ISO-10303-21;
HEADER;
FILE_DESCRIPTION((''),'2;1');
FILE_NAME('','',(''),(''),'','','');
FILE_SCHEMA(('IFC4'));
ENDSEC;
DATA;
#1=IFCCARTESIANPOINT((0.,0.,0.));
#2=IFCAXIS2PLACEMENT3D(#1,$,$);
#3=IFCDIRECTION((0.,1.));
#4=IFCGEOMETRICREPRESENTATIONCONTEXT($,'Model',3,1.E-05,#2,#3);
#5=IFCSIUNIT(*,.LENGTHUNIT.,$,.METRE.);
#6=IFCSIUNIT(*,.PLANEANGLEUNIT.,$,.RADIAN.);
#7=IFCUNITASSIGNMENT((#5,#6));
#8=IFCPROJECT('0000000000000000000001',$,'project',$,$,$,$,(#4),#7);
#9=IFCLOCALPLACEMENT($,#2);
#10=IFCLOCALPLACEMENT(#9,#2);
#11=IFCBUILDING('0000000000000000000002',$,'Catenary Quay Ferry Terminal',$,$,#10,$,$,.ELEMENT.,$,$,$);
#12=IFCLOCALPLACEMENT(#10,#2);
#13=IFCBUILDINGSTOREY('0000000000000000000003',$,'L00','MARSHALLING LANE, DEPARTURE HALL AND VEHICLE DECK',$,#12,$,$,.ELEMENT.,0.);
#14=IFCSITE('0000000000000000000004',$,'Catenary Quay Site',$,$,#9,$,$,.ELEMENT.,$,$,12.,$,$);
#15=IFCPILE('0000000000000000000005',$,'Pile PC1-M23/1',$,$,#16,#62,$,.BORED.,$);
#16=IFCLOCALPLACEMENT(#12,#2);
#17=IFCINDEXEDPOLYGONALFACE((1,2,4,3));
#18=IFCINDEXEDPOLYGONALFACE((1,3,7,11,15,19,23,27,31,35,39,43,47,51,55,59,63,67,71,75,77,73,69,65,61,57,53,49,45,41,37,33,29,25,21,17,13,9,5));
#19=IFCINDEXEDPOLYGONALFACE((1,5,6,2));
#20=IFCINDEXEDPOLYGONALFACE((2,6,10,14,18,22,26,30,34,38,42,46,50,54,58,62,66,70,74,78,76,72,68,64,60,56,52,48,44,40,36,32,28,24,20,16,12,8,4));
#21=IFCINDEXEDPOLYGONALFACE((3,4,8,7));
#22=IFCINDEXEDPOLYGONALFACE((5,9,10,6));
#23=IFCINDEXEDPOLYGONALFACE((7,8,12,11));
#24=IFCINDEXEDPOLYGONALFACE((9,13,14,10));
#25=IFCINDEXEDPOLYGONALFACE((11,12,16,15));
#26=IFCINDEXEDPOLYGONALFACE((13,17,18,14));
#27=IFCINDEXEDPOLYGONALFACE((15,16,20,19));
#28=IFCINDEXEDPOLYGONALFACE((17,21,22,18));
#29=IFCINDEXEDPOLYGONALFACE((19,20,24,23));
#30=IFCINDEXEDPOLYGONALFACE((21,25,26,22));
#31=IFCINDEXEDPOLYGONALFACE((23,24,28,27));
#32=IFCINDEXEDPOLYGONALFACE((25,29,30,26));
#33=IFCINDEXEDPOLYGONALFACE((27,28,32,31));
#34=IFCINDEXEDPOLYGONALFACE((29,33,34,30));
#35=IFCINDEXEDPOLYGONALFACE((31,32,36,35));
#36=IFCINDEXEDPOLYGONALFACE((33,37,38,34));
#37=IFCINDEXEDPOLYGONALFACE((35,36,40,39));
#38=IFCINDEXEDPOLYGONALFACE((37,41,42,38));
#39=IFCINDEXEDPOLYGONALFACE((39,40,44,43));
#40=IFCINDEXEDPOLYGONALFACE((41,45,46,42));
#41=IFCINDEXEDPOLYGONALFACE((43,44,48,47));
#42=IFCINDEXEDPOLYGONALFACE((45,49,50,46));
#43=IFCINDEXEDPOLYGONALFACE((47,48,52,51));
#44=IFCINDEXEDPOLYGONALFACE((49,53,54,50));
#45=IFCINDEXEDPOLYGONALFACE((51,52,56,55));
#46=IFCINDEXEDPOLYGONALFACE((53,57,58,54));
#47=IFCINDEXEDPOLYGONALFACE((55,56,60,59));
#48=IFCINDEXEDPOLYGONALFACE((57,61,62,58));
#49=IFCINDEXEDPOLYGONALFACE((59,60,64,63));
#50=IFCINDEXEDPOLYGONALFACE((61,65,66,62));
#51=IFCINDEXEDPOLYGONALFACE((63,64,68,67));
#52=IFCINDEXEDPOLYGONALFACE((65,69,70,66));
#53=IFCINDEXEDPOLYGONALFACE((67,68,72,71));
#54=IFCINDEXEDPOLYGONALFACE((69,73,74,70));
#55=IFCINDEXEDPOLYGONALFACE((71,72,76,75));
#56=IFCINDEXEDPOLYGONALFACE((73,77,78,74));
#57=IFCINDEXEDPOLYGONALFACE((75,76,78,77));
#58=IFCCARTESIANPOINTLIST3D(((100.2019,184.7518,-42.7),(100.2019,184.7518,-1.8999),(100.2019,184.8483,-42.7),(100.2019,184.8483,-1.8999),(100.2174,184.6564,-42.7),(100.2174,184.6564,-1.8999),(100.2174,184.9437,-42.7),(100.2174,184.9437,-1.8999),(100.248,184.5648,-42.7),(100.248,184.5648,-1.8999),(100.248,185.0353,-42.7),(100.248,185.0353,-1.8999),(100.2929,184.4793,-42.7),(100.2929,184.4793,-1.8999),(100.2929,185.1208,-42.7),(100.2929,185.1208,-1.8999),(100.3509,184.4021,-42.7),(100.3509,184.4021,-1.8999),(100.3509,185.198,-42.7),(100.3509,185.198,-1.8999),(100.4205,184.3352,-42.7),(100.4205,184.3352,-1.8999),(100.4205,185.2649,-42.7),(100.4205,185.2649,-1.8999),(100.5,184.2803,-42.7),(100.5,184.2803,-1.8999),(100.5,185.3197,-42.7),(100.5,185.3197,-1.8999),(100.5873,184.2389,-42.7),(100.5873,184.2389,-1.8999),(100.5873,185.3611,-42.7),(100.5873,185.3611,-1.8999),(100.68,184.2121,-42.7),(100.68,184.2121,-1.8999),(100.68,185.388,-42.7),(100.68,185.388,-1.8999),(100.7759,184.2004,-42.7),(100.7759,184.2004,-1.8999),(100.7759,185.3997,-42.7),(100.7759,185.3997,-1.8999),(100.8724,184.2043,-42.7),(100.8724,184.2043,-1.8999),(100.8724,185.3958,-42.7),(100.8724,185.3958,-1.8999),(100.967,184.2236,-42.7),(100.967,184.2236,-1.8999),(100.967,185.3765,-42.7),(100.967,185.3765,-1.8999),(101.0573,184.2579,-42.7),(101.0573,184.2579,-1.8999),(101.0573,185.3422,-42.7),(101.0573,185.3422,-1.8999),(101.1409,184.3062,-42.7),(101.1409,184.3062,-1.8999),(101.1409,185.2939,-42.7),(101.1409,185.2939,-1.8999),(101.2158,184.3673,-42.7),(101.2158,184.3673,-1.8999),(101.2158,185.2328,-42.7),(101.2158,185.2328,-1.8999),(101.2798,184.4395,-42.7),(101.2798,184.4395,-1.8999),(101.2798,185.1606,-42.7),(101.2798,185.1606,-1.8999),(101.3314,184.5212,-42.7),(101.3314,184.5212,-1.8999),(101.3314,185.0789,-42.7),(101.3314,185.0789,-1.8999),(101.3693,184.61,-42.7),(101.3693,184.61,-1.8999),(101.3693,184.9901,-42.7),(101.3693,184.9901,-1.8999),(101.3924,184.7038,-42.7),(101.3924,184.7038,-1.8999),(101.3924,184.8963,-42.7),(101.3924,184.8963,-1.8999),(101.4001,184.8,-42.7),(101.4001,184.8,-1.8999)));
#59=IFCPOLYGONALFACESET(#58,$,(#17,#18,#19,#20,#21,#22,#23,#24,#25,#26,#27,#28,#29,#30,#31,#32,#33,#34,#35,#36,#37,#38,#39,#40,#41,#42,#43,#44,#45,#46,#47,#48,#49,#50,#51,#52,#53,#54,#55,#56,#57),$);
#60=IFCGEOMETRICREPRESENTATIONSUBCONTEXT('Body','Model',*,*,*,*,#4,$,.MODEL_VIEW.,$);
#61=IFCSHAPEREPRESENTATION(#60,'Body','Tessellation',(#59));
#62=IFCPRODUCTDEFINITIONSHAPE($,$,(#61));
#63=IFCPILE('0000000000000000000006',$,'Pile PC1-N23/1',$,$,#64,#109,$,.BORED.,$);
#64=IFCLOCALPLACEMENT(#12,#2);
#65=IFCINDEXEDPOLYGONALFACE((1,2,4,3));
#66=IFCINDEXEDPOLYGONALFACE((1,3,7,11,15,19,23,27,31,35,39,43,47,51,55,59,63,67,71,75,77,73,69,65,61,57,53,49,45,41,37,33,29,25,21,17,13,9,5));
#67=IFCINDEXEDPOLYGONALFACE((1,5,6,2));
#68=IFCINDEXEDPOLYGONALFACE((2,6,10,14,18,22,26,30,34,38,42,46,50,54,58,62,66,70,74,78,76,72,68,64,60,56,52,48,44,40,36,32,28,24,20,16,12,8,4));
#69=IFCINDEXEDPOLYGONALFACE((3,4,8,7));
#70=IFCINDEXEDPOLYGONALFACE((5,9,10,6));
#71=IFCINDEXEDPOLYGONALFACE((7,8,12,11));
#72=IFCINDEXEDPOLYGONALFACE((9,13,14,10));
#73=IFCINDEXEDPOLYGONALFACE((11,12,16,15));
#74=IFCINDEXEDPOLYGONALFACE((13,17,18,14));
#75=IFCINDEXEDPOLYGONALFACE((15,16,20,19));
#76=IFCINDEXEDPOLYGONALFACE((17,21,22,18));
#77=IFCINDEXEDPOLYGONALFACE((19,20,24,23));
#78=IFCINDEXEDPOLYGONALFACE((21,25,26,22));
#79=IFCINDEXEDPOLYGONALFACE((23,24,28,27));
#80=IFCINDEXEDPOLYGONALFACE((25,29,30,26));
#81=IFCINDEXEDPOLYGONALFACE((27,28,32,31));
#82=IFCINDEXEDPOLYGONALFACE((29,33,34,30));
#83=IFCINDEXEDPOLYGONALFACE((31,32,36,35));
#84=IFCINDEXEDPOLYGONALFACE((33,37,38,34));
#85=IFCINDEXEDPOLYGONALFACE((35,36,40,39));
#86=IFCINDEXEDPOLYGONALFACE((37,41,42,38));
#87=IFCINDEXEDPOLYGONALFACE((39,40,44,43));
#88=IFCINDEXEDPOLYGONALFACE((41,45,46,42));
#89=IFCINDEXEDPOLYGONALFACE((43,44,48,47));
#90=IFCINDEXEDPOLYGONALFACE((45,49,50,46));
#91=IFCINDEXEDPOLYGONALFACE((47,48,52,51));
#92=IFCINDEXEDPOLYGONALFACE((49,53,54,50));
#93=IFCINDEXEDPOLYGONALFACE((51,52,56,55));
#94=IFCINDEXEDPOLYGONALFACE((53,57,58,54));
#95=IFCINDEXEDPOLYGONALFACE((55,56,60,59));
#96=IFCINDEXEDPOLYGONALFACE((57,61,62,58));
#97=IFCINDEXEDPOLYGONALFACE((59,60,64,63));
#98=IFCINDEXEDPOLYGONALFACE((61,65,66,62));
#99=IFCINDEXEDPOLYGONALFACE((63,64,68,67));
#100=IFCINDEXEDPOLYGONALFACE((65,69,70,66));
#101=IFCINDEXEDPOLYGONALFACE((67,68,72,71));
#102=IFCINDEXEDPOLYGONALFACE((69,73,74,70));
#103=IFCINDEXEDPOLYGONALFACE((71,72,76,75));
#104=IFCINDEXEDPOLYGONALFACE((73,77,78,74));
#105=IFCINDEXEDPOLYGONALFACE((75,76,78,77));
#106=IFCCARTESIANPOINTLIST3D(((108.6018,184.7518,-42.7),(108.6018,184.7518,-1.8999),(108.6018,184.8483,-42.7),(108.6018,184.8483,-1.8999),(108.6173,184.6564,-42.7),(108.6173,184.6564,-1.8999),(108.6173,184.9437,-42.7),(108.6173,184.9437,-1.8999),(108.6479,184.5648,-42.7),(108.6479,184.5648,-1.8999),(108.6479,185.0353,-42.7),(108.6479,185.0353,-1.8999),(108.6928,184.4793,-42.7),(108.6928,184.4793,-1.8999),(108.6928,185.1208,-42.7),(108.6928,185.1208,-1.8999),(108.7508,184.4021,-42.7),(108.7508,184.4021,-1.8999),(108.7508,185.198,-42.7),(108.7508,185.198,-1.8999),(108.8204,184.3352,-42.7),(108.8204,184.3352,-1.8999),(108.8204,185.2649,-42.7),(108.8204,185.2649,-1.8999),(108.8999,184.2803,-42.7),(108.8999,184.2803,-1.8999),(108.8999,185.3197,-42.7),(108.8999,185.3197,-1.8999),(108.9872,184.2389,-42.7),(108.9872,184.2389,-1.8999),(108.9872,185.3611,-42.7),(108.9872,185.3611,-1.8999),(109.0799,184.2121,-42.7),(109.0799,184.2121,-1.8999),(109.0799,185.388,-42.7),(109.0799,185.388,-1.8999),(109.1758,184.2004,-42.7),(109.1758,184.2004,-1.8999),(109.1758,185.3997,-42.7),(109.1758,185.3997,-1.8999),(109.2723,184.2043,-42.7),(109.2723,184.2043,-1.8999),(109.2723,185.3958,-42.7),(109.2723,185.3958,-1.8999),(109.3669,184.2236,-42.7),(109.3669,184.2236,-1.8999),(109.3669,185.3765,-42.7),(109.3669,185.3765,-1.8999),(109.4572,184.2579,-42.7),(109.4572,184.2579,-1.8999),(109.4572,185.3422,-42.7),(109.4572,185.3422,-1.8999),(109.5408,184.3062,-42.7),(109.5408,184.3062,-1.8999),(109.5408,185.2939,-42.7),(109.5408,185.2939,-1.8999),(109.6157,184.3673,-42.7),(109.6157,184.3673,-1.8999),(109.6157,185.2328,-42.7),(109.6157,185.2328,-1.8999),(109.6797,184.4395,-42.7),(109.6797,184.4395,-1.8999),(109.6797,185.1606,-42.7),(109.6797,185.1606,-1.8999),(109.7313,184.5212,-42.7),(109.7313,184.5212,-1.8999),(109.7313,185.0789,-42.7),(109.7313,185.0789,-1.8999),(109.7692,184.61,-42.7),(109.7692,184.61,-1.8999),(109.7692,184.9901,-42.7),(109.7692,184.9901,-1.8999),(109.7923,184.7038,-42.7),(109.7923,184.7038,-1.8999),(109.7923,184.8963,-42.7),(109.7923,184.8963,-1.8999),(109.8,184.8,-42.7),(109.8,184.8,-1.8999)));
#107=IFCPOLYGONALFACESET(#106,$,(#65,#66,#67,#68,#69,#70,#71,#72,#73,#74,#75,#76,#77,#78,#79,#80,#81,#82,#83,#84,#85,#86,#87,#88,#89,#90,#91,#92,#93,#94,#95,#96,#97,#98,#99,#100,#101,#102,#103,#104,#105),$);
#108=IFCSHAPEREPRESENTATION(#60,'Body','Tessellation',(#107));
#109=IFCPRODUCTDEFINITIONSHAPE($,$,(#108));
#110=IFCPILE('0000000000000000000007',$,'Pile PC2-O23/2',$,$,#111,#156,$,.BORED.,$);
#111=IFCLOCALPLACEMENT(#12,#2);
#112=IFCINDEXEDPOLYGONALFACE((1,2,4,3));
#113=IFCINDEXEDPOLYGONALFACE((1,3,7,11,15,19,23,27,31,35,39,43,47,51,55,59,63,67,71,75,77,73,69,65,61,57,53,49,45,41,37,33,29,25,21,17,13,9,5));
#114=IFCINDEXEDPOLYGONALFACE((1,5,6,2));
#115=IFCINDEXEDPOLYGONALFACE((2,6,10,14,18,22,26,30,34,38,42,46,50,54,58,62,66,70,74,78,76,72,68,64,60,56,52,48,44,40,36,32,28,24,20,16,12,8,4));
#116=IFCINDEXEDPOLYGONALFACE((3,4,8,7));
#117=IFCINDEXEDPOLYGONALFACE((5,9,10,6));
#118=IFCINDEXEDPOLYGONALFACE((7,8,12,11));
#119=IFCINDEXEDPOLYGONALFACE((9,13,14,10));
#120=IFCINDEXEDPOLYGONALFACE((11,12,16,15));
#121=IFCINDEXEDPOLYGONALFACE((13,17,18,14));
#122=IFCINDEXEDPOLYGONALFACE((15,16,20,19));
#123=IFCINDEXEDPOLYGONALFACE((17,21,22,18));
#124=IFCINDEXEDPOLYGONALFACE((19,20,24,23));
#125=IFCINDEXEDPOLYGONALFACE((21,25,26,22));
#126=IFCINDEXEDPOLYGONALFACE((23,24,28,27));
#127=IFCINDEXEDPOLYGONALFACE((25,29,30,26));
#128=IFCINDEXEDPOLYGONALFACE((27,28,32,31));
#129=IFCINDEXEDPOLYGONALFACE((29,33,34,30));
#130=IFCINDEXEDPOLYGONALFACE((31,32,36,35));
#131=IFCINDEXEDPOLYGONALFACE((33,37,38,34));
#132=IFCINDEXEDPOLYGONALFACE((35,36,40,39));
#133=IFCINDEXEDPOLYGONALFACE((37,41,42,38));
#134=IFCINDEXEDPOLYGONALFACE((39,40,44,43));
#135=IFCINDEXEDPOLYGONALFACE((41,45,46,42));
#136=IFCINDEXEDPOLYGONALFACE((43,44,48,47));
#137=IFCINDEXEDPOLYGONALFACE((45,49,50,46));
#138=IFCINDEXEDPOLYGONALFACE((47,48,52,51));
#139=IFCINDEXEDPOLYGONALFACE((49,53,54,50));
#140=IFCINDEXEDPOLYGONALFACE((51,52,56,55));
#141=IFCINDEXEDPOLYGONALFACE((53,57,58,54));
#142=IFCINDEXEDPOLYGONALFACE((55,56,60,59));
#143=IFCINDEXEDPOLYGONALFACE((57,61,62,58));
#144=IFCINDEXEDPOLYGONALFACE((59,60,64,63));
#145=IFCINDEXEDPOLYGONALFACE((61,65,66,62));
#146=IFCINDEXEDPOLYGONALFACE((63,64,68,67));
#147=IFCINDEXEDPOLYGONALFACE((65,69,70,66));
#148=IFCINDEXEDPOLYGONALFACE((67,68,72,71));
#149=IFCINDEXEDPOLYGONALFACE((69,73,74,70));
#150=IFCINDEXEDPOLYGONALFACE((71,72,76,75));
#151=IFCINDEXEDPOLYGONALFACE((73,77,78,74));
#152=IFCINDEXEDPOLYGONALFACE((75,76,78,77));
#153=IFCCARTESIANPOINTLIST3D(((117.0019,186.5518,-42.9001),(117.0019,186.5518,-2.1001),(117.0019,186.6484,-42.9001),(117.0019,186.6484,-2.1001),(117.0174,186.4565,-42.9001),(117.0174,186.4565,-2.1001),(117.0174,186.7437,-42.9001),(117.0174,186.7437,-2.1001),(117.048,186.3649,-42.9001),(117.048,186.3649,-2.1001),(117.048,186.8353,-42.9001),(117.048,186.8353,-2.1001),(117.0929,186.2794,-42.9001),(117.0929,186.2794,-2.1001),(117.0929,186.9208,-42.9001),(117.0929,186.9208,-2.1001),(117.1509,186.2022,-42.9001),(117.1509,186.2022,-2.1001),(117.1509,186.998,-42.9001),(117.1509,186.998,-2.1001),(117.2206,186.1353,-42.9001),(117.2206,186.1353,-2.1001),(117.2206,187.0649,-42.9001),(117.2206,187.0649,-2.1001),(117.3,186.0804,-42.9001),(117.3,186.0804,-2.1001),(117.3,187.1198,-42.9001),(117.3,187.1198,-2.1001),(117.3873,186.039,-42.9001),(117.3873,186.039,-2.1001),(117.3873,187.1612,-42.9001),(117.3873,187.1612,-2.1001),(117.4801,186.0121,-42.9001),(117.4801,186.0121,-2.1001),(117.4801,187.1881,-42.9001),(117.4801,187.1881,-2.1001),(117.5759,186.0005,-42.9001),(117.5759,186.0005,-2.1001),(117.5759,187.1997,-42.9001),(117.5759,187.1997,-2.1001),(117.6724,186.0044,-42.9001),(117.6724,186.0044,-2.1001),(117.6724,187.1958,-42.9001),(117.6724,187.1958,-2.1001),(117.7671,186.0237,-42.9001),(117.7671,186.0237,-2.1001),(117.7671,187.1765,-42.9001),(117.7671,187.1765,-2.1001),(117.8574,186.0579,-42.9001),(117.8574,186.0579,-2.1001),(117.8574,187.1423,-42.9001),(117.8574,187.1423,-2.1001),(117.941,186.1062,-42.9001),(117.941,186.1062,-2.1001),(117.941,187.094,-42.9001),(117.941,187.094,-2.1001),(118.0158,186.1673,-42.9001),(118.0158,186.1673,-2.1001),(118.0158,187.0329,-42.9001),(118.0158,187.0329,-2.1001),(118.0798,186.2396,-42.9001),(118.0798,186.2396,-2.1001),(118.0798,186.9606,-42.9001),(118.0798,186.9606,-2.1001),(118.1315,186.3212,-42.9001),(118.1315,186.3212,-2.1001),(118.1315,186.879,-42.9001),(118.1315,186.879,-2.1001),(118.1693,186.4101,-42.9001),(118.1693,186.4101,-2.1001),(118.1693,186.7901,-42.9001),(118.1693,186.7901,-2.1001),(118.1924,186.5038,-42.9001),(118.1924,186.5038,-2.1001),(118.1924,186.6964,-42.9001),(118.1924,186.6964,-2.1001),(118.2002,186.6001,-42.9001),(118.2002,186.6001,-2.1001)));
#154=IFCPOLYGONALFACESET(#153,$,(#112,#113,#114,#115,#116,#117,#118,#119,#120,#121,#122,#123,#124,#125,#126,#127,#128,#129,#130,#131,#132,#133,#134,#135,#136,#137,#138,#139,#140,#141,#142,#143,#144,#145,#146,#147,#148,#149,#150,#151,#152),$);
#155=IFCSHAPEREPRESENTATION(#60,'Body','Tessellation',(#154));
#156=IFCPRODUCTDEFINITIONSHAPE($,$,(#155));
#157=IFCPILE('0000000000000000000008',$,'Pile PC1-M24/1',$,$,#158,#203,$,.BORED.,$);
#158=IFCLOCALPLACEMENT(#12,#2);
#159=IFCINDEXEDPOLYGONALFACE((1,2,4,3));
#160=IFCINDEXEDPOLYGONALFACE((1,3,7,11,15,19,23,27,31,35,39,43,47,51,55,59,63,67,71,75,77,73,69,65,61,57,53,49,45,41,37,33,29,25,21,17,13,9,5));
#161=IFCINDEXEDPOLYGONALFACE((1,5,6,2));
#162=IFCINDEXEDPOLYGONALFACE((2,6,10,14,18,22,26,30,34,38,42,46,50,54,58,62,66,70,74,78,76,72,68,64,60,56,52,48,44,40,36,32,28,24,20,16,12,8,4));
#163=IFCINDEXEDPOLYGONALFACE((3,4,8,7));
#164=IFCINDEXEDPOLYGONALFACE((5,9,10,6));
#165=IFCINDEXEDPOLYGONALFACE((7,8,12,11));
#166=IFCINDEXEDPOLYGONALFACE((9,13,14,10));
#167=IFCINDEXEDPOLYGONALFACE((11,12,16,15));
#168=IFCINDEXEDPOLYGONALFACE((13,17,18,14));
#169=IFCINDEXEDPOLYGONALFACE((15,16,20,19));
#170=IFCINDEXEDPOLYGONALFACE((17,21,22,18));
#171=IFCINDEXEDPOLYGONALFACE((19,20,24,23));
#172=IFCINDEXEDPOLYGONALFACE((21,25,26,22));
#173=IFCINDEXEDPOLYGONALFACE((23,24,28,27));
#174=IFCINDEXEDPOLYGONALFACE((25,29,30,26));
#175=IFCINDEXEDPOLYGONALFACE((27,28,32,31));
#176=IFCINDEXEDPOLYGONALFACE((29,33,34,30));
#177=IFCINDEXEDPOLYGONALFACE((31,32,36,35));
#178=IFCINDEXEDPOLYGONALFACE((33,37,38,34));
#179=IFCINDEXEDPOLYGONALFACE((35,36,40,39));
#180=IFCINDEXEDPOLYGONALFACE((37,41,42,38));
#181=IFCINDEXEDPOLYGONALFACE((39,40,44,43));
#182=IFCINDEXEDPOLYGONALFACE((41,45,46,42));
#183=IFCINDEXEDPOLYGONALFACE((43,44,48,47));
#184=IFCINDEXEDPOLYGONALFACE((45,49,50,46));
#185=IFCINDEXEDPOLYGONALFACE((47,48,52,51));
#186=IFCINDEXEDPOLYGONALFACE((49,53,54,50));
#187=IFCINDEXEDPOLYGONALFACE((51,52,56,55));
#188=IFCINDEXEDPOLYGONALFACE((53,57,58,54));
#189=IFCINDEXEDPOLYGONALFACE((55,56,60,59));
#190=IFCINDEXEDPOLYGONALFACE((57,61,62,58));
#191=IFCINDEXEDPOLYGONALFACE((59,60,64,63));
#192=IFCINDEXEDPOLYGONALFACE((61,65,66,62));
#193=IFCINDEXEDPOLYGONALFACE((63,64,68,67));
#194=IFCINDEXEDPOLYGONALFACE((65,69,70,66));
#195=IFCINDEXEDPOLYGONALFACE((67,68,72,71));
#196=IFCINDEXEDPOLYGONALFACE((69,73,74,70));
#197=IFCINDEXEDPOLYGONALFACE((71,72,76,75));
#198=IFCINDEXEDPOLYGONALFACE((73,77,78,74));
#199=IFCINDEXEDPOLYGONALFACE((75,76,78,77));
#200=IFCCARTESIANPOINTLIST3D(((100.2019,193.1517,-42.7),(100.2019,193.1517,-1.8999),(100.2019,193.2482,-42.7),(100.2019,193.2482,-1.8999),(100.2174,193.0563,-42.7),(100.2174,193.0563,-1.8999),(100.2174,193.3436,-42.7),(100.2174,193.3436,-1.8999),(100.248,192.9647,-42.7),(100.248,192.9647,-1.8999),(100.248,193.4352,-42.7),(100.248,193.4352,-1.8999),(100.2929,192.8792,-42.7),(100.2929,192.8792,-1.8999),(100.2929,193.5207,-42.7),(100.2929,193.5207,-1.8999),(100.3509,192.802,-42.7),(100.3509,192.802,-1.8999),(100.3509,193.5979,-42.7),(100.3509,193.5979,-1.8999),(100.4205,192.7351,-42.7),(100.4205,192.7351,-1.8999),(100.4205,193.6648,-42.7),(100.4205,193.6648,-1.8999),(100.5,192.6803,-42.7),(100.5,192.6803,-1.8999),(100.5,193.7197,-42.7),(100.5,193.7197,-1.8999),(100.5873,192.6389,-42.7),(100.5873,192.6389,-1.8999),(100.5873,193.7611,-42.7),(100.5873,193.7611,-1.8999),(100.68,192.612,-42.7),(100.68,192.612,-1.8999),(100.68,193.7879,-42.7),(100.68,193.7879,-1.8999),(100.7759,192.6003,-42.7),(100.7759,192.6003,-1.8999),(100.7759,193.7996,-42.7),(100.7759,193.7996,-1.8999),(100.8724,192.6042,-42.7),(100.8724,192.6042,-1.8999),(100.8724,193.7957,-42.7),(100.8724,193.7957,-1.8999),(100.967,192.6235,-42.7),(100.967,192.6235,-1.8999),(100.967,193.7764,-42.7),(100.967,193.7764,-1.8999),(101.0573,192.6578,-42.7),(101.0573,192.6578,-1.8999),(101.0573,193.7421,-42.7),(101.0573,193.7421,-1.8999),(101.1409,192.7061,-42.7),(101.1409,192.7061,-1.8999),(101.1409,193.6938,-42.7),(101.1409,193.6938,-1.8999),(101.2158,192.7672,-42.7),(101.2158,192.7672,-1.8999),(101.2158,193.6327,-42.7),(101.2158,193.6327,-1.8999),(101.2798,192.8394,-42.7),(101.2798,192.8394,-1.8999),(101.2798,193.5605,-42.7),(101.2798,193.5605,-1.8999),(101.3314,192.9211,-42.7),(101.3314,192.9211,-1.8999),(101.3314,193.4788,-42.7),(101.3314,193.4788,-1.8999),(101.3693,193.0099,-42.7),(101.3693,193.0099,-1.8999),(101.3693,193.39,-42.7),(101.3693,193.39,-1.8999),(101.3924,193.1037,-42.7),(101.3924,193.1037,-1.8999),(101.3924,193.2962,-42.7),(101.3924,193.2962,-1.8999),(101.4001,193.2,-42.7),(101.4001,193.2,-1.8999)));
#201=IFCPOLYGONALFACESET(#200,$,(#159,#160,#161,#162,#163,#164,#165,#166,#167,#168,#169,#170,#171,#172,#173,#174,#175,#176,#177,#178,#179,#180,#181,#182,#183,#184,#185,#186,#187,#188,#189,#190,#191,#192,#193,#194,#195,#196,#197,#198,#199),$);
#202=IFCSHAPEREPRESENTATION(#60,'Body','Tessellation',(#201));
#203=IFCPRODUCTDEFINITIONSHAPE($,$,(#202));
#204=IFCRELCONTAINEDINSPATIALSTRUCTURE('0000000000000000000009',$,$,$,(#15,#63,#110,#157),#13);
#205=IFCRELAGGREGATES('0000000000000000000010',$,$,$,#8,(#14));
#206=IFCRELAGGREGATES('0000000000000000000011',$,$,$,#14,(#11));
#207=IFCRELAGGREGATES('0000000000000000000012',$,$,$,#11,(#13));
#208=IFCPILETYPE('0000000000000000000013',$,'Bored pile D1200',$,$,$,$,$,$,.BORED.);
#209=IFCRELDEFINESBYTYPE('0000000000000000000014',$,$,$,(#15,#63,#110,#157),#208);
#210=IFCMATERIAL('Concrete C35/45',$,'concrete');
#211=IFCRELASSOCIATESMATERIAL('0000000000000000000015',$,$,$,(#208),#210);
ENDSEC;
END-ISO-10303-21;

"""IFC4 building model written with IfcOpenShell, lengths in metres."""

from ifc_helpers import new_model, si_unit, direction, frame, origin, origin_2d, place, context, subcontext, project, spatial, circle, extrude, material, material_profile, profile_set, type_object, element, save


model = new_model("IFC4")

# Units and contexts
model_context = context("Model", 3, precision=1e-05, world=origin(), true_north=direction((0.0, 1.0)))
body_context = subcontext(model_context, "Body", "Model", "MODEL_VIEW")
ifc_project = project(units=[si_unit("LENGTHUNIT", "METRE"), si_unit("PLANEANGLEUNIT", "RADIAN")], contexts=[model_context])

# Site, building, storey
site_placement = place(None, origin())
site = spatial("IfcSite", under=ifc_project, at=site_placement, Name="Catenary Quay Site", CompositionType="ELEMENT", RefElevation=12.0)
building_placement = place(site_placement, origin())
building = spatial("IfcBuilding", under=site, at=building_placement, Name="Catenary Quay Ferry Terminal", CompositionType="ELEMENT")
storey_placement = place(building_placement, origin())
storey = spatial("IfcBuildingStorey", under=building, at=storey_placement, Name="L00", Description="MARSHALLING LANE, DEPARTURE HALL AND VEHICLE DECK", CompositionType="ELEMENT", Elevation=0.0)

# Piles
ifc_material_1 = material(Name="Concrete C35/45", Category="concrete")
ifc_material_profile = material_profile(ifc_material_1, circle(Radius=0.6001, at=origin_2d()), Name="D1200")
ifc_profile_set = profile_set([ifc_material_profile], Name="Concrete C35/45")
pile_type = type_object("IfcPileType", Name="Bored pile D1200", PredefinedType="BORED", material=ifc_profile_set)
for number, where, z_axis, x_axis, name in (
    (1, (100.8, 184.8, -1.8999), (0.0, 0.0, -1.0), (1.0, 0.0, 0.0), "Pile PC1-M23/1"),
    (2, (109.2, 184.8, -1.8999), (0.0, 0.0, -1.0), (1.0, 0.0, 0.0), "Pile PC1-N23/1"),
    (3, (117.6001, 186.6001, -2.1001), (0.0, 0.0, -1.0), (1.0, 0.0, 0.0), "Pile PC2-O23/2"),
    (4, (100.8, 193.2, -1.8999), (0.0, 0.0, -1.0), (1.0, 0.0, 0.0), "Pile PC1-M24/1"),
):
    element("IfcPile", number, at=place(storey_placement, frame(where, z_axis=z_axis, x_axis=x_axis)), inside=storey, type_object=pile_type, Name=name, PredefinedType="BORED", context=body_context, shape_type="SweptSolid", body=[
        extrude(circle(Radius=0.6001, at=origin_2d()), origin(), (0.0, 0.0, 1.0), 40.8),
    ])

save(model, "model.ifc")
